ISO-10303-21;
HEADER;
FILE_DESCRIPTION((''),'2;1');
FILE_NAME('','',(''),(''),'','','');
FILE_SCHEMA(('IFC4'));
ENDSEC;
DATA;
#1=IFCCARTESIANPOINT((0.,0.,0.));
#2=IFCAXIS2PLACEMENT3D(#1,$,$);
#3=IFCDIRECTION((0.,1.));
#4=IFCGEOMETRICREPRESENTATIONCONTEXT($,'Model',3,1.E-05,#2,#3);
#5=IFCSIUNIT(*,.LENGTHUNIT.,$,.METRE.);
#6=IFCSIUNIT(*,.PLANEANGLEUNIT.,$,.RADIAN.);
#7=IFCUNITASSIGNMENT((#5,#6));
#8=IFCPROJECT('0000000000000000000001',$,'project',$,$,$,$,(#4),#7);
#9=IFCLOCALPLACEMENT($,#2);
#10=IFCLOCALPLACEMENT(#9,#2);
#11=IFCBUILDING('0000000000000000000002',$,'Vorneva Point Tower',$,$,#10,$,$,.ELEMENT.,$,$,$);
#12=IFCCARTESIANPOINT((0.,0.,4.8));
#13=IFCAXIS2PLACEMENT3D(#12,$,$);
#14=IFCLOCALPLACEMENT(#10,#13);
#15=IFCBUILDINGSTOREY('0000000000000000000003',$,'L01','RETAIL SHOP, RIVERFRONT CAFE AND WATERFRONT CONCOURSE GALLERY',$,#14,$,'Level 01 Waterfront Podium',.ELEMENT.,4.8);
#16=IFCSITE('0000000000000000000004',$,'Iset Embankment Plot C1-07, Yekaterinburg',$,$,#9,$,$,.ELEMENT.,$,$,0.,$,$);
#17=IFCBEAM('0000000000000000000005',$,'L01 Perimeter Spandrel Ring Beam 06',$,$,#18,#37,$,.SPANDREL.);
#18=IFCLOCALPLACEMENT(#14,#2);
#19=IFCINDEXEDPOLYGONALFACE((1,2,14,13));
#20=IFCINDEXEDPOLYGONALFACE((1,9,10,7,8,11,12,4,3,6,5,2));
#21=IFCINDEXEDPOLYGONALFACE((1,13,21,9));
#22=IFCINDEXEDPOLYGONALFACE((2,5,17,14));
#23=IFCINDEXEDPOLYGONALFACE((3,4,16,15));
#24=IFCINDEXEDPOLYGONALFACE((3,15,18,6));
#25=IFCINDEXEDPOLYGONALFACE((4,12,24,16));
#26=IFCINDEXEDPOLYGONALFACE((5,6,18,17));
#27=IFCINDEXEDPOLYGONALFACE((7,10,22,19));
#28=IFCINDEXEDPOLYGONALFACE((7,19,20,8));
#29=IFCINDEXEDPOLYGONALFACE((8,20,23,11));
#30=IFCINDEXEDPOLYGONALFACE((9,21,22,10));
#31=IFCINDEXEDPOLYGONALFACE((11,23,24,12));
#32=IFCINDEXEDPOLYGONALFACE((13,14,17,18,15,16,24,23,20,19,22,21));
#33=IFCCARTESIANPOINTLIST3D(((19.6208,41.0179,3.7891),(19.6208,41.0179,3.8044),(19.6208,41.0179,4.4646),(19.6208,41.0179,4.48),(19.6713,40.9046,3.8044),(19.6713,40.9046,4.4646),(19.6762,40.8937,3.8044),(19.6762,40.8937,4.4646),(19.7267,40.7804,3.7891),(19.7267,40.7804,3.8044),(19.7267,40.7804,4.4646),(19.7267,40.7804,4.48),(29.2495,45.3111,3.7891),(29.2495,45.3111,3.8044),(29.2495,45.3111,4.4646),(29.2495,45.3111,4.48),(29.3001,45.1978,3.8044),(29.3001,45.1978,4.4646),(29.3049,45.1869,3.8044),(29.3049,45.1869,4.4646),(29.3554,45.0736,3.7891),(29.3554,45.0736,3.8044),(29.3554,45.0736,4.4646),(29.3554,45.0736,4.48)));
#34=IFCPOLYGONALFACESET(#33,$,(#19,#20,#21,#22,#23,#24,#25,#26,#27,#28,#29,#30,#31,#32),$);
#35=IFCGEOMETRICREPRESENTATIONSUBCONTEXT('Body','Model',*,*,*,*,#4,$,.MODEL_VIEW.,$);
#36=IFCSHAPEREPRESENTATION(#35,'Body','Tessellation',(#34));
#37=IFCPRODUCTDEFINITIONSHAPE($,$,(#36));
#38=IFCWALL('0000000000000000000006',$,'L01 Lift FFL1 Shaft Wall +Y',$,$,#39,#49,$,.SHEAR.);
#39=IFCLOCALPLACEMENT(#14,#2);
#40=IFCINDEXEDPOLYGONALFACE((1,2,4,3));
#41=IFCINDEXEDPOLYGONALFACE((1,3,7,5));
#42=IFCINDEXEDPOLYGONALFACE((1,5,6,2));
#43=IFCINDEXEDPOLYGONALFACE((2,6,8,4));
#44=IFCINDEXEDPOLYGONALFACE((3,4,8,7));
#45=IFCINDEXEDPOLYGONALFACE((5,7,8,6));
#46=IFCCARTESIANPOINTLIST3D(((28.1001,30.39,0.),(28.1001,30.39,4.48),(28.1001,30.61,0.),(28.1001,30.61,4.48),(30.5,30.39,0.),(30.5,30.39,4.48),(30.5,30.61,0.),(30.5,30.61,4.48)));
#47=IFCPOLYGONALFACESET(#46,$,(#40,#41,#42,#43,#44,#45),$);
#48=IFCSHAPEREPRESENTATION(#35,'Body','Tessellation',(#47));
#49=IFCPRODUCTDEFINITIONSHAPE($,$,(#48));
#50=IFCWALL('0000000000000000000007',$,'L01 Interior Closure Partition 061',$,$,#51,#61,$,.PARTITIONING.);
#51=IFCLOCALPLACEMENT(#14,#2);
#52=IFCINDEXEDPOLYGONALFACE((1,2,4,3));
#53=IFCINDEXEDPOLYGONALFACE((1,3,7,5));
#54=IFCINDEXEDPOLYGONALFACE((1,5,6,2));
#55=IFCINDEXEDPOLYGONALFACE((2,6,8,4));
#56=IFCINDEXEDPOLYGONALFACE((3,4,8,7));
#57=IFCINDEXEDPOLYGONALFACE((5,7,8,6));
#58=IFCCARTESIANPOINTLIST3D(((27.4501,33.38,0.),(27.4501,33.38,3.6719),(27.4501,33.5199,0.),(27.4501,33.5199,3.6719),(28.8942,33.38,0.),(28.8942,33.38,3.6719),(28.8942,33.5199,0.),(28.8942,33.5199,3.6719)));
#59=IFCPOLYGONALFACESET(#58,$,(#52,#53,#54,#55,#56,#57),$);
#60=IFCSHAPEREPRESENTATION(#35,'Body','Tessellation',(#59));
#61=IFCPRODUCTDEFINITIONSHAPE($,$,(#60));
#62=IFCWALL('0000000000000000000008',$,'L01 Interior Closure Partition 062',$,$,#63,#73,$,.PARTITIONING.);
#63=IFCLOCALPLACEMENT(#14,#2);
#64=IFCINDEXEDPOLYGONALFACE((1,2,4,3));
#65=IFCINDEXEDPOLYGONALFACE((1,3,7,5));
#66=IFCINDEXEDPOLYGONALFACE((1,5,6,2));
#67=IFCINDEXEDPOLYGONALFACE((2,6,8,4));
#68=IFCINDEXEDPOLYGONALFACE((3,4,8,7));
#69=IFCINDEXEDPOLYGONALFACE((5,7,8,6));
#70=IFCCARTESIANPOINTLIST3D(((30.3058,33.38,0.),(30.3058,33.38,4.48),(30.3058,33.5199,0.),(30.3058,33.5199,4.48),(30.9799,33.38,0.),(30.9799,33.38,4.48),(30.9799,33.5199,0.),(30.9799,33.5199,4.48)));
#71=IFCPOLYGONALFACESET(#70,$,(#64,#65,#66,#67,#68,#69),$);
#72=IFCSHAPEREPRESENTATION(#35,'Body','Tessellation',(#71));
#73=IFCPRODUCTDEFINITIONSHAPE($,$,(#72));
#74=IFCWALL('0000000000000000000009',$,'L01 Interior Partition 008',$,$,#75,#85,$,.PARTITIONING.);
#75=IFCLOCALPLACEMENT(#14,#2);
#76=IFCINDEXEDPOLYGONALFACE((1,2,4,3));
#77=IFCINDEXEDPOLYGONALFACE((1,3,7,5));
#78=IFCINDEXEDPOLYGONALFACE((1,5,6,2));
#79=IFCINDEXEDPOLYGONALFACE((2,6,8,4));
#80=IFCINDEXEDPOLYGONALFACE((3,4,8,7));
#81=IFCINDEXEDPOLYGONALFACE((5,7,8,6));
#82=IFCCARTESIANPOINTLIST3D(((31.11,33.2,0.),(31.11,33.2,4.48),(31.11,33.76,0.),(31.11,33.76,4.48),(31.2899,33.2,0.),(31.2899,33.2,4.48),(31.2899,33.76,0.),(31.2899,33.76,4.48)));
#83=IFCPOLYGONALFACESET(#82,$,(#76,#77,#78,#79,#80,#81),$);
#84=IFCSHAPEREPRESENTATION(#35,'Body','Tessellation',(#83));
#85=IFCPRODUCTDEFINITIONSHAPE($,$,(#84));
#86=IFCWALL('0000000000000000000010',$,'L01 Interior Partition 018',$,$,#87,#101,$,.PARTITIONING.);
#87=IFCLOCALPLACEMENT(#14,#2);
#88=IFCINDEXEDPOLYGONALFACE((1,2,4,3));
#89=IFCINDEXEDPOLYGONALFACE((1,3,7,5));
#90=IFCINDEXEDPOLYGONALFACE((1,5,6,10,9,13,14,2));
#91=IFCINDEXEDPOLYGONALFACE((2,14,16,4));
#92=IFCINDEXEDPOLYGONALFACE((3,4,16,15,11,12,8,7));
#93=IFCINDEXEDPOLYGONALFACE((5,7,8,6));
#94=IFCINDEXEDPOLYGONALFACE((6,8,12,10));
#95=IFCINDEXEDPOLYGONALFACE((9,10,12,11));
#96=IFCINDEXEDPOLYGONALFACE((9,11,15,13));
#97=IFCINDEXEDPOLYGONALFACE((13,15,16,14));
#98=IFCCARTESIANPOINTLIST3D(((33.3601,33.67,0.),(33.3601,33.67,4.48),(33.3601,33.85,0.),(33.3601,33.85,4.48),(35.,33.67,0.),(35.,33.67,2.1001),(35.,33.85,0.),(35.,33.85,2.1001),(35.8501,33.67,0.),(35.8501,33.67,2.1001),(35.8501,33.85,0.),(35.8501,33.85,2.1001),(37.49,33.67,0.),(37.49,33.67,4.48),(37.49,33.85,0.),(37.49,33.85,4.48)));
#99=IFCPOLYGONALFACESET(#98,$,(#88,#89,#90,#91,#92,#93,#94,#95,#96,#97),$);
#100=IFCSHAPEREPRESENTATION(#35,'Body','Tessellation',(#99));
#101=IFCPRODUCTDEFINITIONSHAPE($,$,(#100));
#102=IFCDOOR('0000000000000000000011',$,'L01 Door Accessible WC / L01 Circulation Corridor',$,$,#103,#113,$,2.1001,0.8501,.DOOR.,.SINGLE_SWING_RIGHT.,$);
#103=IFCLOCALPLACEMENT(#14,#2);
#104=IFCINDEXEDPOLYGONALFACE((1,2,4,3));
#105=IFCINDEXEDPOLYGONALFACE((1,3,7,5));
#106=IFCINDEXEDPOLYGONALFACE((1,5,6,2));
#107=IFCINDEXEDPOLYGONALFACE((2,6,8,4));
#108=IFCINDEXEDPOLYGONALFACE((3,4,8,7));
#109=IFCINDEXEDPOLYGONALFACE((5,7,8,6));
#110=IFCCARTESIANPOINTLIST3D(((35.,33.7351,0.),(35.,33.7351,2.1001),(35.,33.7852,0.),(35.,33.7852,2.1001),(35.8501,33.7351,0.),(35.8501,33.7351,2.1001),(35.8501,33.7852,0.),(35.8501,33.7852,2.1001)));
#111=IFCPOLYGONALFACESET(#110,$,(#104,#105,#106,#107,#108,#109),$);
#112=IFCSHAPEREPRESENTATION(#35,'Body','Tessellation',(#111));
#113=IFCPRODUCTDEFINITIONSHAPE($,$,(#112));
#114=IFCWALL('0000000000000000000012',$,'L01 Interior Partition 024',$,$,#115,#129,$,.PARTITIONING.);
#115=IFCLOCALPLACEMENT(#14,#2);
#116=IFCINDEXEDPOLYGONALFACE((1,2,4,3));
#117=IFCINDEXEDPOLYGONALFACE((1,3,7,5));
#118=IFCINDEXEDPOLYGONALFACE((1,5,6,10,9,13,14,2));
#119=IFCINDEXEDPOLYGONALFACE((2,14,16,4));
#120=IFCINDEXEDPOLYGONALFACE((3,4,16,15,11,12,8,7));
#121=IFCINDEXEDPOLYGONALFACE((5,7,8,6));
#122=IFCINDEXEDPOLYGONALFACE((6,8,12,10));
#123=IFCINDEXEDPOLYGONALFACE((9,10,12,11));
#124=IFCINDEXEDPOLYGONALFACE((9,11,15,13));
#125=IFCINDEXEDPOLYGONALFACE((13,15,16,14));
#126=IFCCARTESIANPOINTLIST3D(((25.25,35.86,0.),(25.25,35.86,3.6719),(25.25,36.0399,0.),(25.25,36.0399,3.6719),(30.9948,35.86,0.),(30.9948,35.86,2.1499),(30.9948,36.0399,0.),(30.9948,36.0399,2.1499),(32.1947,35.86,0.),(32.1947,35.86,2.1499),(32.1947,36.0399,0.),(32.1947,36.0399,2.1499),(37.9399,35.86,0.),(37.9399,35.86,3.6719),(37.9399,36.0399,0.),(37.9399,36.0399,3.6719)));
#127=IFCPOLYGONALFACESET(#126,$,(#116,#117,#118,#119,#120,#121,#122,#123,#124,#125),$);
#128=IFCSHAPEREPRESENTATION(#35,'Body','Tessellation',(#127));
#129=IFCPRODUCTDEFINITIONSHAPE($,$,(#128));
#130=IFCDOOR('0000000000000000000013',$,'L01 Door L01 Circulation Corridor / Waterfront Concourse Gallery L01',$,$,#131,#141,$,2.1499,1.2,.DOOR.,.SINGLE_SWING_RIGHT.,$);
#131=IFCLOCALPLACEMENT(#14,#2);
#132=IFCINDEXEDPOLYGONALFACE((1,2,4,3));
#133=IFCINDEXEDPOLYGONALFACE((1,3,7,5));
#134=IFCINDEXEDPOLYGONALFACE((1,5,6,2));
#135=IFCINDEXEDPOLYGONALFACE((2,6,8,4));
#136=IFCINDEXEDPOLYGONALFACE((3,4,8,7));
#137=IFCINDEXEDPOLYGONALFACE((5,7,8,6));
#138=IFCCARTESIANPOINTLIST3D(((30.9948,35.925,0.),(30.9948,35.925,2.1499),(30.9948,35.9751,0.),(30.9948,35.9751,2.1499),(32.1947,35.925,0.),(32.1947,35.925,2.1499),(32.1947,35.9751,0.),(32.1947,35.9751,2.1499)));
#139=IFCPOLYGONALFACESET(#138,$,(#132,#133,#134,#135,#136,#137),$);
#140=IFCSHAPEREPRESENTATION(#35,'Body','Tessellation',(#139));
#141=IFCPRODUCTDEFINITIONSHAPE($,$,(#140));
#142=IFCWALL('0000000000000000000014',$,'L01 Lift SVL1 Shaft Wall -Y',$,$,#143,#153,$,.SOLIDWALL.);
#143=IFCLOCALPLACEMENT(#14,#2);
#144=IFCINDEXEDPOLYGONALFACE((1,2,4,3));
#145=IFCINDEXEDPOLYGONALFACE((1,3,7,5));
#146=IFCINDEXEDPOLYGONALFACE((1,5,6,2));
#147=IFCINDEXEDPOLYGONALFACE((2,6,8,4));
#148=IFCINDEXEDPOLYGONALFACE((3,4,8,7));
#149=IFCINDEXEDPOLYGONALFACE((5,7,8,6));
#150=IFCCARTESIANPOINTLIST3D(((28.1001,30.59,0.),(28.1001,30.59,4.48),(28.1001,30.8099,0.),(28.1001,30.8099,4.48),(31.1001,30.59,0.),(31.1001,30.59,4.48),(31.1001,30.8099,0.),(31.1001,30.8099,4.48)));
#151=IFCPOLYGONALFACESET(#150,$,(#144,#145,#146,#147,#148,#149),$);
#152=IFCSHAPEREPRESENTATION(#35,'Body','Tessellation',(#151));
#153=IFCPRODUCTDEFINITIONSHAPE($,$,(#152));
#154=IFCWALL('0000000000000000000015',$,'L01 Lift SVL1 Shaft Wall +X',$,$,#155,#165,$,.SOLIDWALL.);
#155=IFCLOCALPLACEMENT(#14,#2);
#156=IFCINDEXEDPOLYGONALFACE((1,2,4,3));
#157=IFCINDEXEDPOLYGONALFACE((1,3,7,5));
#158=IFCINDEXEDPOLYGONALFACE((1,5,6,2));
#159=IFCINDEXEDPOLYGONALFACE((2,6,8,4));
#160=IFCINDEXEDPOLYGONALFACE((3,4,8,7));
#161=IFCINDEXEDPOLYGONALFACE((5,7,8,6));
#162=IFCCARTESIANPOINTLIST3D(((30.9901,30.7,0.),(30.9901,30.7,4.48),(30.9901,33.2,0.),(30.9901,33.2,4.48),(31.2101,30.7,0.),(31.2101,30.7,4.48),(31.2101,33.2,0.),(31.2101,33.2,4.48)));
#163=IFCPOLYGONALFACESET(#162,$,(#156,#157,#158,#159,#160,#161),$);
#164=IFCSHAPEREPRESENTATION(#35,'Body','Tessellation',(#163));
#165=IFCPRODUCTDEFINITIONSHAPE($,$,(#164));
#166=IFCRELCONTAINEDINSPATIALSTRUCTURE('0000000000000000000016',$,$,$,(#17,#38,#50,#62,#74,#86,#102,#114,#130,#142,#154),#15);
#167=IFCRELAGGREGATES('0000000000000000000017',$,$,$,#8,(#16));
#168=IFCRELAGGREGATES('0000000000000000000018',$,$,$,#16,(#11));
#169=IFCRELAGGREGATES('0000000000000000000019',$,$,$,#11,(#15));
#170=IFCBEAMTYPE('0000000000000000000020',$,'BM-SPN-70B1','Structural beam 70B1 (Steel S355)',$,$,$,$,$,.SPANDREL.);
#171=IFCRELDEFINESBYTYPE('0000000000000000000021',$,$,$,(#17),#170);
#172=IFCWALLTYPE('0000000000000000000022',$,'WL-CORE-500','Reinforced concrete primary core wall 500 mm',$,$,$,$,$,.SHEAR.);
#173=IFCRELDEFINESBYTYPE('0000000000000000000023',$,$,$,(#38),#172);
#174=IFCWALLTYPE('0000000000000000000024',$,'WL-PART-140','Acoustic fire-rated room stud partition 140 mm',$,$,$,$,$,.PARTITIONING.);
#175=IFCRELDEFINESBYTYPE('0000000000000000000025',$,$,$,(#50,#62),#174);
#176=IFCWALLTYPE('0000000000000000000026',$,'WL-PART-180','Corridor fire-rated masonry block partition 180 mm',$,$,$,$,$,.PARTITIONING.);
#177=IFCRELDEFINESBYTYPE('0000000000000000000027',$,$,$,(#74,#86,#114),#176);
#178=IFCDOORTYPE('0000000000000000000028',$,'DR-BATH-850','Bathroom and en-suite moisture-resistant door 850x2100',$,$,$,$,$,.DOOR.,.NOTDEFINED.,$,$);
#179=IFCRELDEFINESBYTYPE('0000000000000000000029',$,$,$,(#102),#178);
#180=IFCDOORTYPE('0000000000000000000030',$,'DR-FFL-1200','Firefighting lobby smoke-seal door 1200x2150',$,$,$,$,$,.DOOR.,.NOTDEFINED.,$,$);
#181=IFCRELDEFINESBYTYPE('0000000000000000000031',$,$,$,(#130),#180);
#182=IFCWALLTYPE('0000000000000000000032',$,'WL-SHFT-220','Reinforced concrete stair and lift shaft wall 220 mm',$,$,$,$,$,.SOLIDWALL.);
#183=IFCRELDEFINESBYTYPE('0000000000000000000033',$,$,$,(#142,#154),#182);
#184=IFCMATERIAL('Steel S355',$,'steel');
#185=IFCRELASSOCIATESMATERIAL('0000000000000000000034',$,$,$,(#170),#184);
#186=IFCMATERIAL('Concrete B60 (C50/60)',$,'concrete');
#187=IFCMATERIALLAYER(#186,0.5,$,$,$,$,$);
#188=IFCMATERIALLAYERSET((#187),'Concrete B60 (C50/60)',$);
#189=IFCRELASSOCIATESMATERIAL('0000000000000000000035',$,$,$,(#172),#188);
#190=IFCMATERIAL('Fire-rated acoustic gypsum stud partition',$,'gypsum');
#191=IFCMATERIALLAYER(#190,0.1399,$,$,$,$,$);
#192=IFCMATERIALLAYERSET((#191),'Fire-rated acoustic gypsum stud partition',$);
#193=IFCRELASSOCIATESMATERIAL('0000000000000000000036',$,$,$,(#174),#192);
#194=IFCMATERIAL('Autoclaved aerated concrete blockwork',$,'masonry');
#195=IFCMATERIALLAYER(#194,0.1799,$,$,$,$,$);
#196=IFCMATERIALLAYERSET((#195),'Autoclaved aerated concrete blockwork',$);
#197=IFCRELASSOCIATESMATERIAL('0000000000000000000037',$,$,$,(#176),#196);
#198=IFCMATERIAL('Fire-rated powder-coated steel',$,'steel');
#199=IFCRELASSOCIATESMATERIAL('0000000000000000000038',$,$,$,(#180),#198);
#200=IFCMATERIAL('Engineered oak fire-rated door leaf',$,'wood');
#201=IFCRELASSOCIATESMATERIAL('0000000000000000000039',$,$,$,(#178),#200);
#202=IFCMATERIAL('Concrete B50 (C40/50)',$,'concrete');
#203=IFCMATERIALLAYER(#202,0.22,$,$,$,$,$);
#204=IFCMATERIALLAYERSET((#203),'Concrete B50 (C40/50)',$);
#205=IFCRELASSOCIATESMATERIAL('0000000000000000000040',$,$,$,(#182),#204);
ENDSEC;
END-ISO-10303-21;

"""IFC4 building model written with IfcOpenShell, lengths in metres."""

from ifc_helpers import new_model, si_unit, direction, frame, frame_2d, origin, origin_2d, place, context, subcontext, project, spatial, rectangle, i_section, extrude, material, layer, layer_set, material_profile, profile_set, type_object, element, fill, save


model = new_model("IFC4")

# Units and contexts
model_context = context("Model", 3, precision=1e-05, world=origin(), true_north=direction((0.0, 1.0)))
body_context = subcontext(model_context, "Body", "Model", "MODEL_VIEW")
ifc_project = project(units=[si_unit("LENGTHUNIT", "METRE"), si_unit("PLANEANGLEUNIT", "RADIAN")], contexts=[model_context])

# Site, building, storey
site_placement = place(None, origin())
site = spatial("IfcSite", under=ifc_project, at=site_placement, Name="Iset Embankment Plot C1-07, Yekaterinburg", CompositionType="ELEMENT", RefElevation=0.0)
building_placement = place(site_placement, origin())
building = spatial("IfcBuilding", under=site, at=building_placement, Name="Vorneva Point Tower", CompositionType="ELEMENT")
storey_placement = place(building_placement, frame((0.0, 0.0, 4.8)))
storey = spatial("IfcBuildingStorey", under=building, at=storey_placement, Name="L01", Description="RETAIL SHOP, RIVERFRONT CAFE AND WATERFRONT CONCOURSE GALLERY", LongName="Level 01 Waterfront Podium", CompositionType="ELEMENT", Elevation=4.8)

# Shared definitions
ifc_material_1 = material(Name="Concrete B60 (C50/60)", Category="concrete")

# Beam
ifc_material_2 = material(Name="Steel S355", Category="steel")
ifc_material_profile_1 = material_profile(ifc_material_2, i_section(OverallWidth=0.26, OverallDepth=0.6909, WebThickness=0.012, FlangeThickness=0.0154, at=origin_2d()), Name="70B1")
ifc_profile_set_1 = profile_set([ifc_material_profile_1], Name="Steel S355")
beam_type_1 = type_object("IfcBeamType", Name="BM-SPN-70B1", Description="Structural beam 70B1 (Steel S355)", PredefinedType="SPANDREL", material=ifc_profile_set_1)
beam_1_placement = place(storey_placement, frame((29.3025, 45.1924, 4.1345), z_axis=(-0.913325, -0.407232, 0.0), x_axis=(0.407232, -0.913325, 0.0)))
element("IfcBeam", 1, at=beam_1_placement, inside=storey, type_object=beam_type_1, Name="L01 Perimeter Spandrel Ring Beam 06", PredefinedType="SPANDREL", context=body_context, shape_type="SweptSolid", body=[
    extrude(i_section(OverallWidth=0.26, OverallDepth=0.6909, WebThickness=0.012, FlangeThickness=0.0154, at=origin_2d()), origin(), (0.0, 0.0, 1.0), 10.5425),
])

# Walls
ifc_layer_1 = layer(ifc_material_1, 0.5)
ifc_layer_set_1 = layer_set([ifc_layer_1], Name="Concrete B60 (C50/60)")
wall_type_1 = type_object("IfcWallType", Name="WL-CORE-500", Description="Reinforced concrete primary core wall 500 mm", PredefinedType="SHEAR", material=ifc_layer_set_1)
wall_1_placement = place(storey_placement, frame((30.5, 30.5, 0.0), z_axis=(0.0, 0.0, 1.0), x_axis=(-1.0, 0.0, 0.0)))
element("IfcWall", 2, at=wall_1_placement, inside=storey, type_object=wall_type_1, Name="L01 Lift FFL1 Shaft Wall +Y", PredefinedType="SHEAR", context=body_context, shape_type="SweptSolid", body=[
    extrude(rectangle(XDim=2.3999, YDim=0.22, at=frame_2d((1.2, 0.0))), origin(), (0.0, 0.0, 1.0), 4.48),
])
ifc_material_3 = material(Name="Fire-rated acoustic gypsum stud partition", Category="gypsum")
ifc_layer_2 = layer(ifc_material_3, 0.1399)
ifc_layer_set_2 = layer_set([ifc_layer_2], Name="Fire-rated acoustic gypsum stud partition")
wall_type_2 = type_object("IfcWallType", Name="WL-PART-140", Description="Acoustic fire-rated room stud partition 140 mm", PredefinedType="PARTITIONING", material=ifc_layer_set_2)
wall_2_placement = place(storey_placement, frame((27.45, 33.45, 0.0), z_axis=(0.0, 0.0, 1.0), x_axis=(1.0, 0.0, 0.0)))
element("IfcWall", 3, at=wall_2_placement, inside=storey, type_object=wall_type_2, Name="L01 Interior Closure Partition 061", PredefinedType="PARTITIONING", context=body_context, shape_type="SweptSolid", body=[
    extrude(rectangle(XDim=1.4441, YDim=0.1399, at=frame_2d((0.7222, 0.0))), origin(), (0.0, 0.0, 1.0), 3.6719),
])
wall_3_placement = place(storey_placement, frame((30.3059, 33.45, 0.0), z_axis=(0.0, 0.0, 1.0), x_axis=(1.0, 0.0, 0.0)))
element("IfcWall", 4, at=wall_3_placement, inside=storey, type_object=wall_type_2, Name="L01 Interior Closure Partition 062", PredefinedType="PARTITIONING", context=body_context, shape_type="SweptSolid", body=[
    extrude(rectangle(XDim=0.6741, YDim=0.1399, at=frame_2d((0.3369, 0.0))), origin(), (0.0, 0.0, 1.0), 4.48),
])

# Shared definitions
ifc_material_4 = material(Name="Autoclaved aerated concrete blockwork", Category="masonry")
ifc_layer_3 = layer(ifc_material_4, 0.1799)
ifc_layer_set_3 = layer_set([ifc_layer_3], Name="Autoclaved aerated concrete blockwork")
wall_type_3 = type_object("IfcWallType", Name="WL-PART-180", Description="Corridor fire-rated masonry block partition 180 mm", PredefinedType="PARTITIONING", material=ifc_layer_set_3)
ifc_material_5 = material(Name="Fire-rated powder-coated steel", Category="steel")
door_type_1 = type_object("IfcDoorType", Name="DR-FFL-1200", Description="Firefighting lobby smoke-seal door 1200x2150", OperationType="NOTDEFINED", PredefinedType="DOOR", material=ifc_material_5)

# Wall
wall_4_placement = place(storey_placement, frame((31.2, 33.76, 0.0), z_axis=(0.0, 0.0, 1.0), x_axis=(0.0, -1.0, 0.0)))
element("IfcWall", 5, at=wall_4_placement, inside=storey, type_object=wall_type_3, Name="L01 Interior Partition 008", PredefinedType="PARTITIONING", context=body_context, shape_type="SweptSolid", body=[
    extrude(rectangle(XDim=0.5601, YDim=0.1799, at=frame_2d((0.28, 0.0))), origin(), (0.0, 0.0, 1.0), 4.48),
])

# Walls, openings, doors
wall_5_placement = place(storey_placement, frame((37.49, 33.76, 0.0), z_axis=(0.0, 0.0, 1.0), x_axis=(-1.0, 0.0, 0.0)))
wall_5 = element("IfcWall", 6, at=wall_5_placement, inside=storey, type_object=wall_type_3, Name="L01 Interior Partition 018", PredefinedType="PARTITIONING", context=body_context, shape_type="SweptSolid", body=[
    extrude(rectangle(XDim=4.1299, YDim=0.1799, at=frame_2d((2.0649, 0.0))), origin(), (0.0, 0.0, 1.0), 4.48),
])
opening_1_placement = place(wall_5_placement, frame((1.6399, 0.0, 0.0)))
opening_1 = element("IfcOpeningElement", 7, at=opening_1_placement, cuts=wall_5, PredefinedType="OPENING", context=body_context, shape_type="SweptSolid", body=[
    extrude(rectangle(XDim=0.8501, YDim=2.1001, at=frame_2d((0.425, 1.05))), frame((0.0, 0.105, 0.0), z_axis=(0.0, -1.0, 0.0), x_axis=(1.0, 0.0, 0.0)), (0.0, 0.0, 1.0), 0.2097),
])
ifc_material_6 = material(Name="Engineered oak fire-rated door leaf", Category="wood")
door_type_2 = type_object("IfcDoorType", Name="DR-BATH-850", Description="Bathroom and en-suite moisture-resistant door 850x2100", OperationType="NOTDEFINED", PredefinedType="DOOR", material=ifc_material_6)
door_1_placement = place(opening_1_placement, origin())
door_1 = element("IfcDoor", 8, at=door_1_placement, inside=storey, type_object=door_type_2, Name="L01 Door Accessible WC / L01 Circulation Corridor", OperationType="SINGLE_SWING_RIGHT", OverallHeight=2.1001, OverallWidth=0.8501, PredefinedType="DOOR", context=body_context, shape_type="SweptSolid", body=[
    extrude(rectangle(XDim=0.8501, YDim=2.1001, at=frame_2d((0.425, 1.05))), frame((0.0, 0.0249, 0.0), z_axis=(0.0, -1.0, 0.0), x_axis=(1.0, 0.0, 0.0)), (0.0, 0.0, 1.0), 0.05),
])
fill(opening_1, door_1)
wall_6_placement = place(storey_placement, frame((37.9399, 35.95, 0.0), z_axis=(0.0, 0.0, 1.0), x_axis=(-1.0, 0.0, 0.0)))
wall_6 = element("IfcWall", 9, at=wall_6_placement, inside=storey, type_object=wall_type_3, Name="L01 Interior Partition 024", PredefinedType="PARTITIONING", context=body_context, shape_type="SweptSolid", body=[
    extrude(rectangle(XDim=12.6899, YDim=0.1799, at=frame_2d((6.345, 0.0))), origin(), (0.0, 0.0, 1.0), 3.6719),
])
opening_2_placement = place(wall_6_placement, frame((5.7451, 0.0, 0.0)))
opening_2 = element("IfcOpeningElement", 10, at=opening_2_placement, cuts=wall_6, PredefinedType="OPENING", context=body_context, shape_type="SweptSolid", body=[
    extrude(rectangle(XDim=1.2, YDim=2.1499, at=frame_2d((0.6001, 1.075))), frame((0.0, 0.105, 0.0), z_axis=(0.0, -1.0, 0.0), x_axis=(1.0, 0.0, 0.0)), (0.0, 0.0, 1.0), 0.2097),
])
door_2_placement = place(opening_2_placement, origin())
door_2 = element("IfcDoor", 11, at=door_2_placement, inside=storey, type_object=door_type_1, Name="L01 Door L01 Circulation Corridor / Waterfront Concourse Gallery L01", OperationType="SINGLE_SWING_RIGHT", OverallHeight=2.1499, OverallWidth=1.2, PredefinedType="DOOR", context=body_context, shape_type="SweptSolid", body=[
    extrude(rectangle(XDim=1.2, YDim=2.1499, at=frame_2d((0.6001, 1.075))), frame((0.0, 0.0249, 0.0), z_axis=(0.0, -1.0, 0.0), x_axis=(1.0, 0.0, 0.0)), (0.0, 0.0, 1.0), 0.05),
])
fill(opening_2, door_2)

# Walls
ifc_material_7 = material(Name="Concrete B50 (C40/50)", Category="concrete")
ifc_layer_4 = layer(ifc_material_7, 0.22)
ifc_layer_set_4 = layer_set([ifc_layer_4], Name="Concrete B50 (C40/50)")
wall_type_4 = type_object("IfcWallType", Name="WL-SHFT-220", Description="Reinforced concrete stair and lift shaft wall 220 mm", PredefinedType="SOLIDWALL", material=ifc_layer_set_4)
wall_7_placement = place(storey_placement, frame((28.1001, 30.7, 0.0), z_axis=(0.0, 0.0, 1.0), x_axis=(1.0, 0.0, 0.0)))
element("IfcWall", 12, at=wall_7_placement, inside=storey, type_object=wall_type_4, Name="L01 Lift SVL1 Shaft Wall -Y", PredefinedType="SOLIDWALL", context=body_context, shape_type="SweptSolid", body=[
    extrude(rectangle(XDim=3.0, YDim=0.22, at=frame_2d((1.5, 0.0))), origin(), (0.0, 0.0, 1.0), 4.48),
])
wall_8_placement = place(storey_placement, frame((31.1001, 30.7, 0.0), z_axis=(0.0, 0.0, 1.0), x_axis=(0.0, 1.0, 0.0)))
element("IfcWall", 13, at=wall_8_placement, inside=storey, type_object=wall_type_4, Name="L01 Lift SVL1 Shaft Wall +X", PredefinedType="SOLIDWALL", context=body_context, shape_type="SweptSolid", body=[
    extrude(rectangle(XDim=2.5, YDim=0.22, at=frame_2d((1.25, 0.0))), origin(), (0.0, 0.0, 1.0), 4.48),
])

save(model, "model.ifc")
